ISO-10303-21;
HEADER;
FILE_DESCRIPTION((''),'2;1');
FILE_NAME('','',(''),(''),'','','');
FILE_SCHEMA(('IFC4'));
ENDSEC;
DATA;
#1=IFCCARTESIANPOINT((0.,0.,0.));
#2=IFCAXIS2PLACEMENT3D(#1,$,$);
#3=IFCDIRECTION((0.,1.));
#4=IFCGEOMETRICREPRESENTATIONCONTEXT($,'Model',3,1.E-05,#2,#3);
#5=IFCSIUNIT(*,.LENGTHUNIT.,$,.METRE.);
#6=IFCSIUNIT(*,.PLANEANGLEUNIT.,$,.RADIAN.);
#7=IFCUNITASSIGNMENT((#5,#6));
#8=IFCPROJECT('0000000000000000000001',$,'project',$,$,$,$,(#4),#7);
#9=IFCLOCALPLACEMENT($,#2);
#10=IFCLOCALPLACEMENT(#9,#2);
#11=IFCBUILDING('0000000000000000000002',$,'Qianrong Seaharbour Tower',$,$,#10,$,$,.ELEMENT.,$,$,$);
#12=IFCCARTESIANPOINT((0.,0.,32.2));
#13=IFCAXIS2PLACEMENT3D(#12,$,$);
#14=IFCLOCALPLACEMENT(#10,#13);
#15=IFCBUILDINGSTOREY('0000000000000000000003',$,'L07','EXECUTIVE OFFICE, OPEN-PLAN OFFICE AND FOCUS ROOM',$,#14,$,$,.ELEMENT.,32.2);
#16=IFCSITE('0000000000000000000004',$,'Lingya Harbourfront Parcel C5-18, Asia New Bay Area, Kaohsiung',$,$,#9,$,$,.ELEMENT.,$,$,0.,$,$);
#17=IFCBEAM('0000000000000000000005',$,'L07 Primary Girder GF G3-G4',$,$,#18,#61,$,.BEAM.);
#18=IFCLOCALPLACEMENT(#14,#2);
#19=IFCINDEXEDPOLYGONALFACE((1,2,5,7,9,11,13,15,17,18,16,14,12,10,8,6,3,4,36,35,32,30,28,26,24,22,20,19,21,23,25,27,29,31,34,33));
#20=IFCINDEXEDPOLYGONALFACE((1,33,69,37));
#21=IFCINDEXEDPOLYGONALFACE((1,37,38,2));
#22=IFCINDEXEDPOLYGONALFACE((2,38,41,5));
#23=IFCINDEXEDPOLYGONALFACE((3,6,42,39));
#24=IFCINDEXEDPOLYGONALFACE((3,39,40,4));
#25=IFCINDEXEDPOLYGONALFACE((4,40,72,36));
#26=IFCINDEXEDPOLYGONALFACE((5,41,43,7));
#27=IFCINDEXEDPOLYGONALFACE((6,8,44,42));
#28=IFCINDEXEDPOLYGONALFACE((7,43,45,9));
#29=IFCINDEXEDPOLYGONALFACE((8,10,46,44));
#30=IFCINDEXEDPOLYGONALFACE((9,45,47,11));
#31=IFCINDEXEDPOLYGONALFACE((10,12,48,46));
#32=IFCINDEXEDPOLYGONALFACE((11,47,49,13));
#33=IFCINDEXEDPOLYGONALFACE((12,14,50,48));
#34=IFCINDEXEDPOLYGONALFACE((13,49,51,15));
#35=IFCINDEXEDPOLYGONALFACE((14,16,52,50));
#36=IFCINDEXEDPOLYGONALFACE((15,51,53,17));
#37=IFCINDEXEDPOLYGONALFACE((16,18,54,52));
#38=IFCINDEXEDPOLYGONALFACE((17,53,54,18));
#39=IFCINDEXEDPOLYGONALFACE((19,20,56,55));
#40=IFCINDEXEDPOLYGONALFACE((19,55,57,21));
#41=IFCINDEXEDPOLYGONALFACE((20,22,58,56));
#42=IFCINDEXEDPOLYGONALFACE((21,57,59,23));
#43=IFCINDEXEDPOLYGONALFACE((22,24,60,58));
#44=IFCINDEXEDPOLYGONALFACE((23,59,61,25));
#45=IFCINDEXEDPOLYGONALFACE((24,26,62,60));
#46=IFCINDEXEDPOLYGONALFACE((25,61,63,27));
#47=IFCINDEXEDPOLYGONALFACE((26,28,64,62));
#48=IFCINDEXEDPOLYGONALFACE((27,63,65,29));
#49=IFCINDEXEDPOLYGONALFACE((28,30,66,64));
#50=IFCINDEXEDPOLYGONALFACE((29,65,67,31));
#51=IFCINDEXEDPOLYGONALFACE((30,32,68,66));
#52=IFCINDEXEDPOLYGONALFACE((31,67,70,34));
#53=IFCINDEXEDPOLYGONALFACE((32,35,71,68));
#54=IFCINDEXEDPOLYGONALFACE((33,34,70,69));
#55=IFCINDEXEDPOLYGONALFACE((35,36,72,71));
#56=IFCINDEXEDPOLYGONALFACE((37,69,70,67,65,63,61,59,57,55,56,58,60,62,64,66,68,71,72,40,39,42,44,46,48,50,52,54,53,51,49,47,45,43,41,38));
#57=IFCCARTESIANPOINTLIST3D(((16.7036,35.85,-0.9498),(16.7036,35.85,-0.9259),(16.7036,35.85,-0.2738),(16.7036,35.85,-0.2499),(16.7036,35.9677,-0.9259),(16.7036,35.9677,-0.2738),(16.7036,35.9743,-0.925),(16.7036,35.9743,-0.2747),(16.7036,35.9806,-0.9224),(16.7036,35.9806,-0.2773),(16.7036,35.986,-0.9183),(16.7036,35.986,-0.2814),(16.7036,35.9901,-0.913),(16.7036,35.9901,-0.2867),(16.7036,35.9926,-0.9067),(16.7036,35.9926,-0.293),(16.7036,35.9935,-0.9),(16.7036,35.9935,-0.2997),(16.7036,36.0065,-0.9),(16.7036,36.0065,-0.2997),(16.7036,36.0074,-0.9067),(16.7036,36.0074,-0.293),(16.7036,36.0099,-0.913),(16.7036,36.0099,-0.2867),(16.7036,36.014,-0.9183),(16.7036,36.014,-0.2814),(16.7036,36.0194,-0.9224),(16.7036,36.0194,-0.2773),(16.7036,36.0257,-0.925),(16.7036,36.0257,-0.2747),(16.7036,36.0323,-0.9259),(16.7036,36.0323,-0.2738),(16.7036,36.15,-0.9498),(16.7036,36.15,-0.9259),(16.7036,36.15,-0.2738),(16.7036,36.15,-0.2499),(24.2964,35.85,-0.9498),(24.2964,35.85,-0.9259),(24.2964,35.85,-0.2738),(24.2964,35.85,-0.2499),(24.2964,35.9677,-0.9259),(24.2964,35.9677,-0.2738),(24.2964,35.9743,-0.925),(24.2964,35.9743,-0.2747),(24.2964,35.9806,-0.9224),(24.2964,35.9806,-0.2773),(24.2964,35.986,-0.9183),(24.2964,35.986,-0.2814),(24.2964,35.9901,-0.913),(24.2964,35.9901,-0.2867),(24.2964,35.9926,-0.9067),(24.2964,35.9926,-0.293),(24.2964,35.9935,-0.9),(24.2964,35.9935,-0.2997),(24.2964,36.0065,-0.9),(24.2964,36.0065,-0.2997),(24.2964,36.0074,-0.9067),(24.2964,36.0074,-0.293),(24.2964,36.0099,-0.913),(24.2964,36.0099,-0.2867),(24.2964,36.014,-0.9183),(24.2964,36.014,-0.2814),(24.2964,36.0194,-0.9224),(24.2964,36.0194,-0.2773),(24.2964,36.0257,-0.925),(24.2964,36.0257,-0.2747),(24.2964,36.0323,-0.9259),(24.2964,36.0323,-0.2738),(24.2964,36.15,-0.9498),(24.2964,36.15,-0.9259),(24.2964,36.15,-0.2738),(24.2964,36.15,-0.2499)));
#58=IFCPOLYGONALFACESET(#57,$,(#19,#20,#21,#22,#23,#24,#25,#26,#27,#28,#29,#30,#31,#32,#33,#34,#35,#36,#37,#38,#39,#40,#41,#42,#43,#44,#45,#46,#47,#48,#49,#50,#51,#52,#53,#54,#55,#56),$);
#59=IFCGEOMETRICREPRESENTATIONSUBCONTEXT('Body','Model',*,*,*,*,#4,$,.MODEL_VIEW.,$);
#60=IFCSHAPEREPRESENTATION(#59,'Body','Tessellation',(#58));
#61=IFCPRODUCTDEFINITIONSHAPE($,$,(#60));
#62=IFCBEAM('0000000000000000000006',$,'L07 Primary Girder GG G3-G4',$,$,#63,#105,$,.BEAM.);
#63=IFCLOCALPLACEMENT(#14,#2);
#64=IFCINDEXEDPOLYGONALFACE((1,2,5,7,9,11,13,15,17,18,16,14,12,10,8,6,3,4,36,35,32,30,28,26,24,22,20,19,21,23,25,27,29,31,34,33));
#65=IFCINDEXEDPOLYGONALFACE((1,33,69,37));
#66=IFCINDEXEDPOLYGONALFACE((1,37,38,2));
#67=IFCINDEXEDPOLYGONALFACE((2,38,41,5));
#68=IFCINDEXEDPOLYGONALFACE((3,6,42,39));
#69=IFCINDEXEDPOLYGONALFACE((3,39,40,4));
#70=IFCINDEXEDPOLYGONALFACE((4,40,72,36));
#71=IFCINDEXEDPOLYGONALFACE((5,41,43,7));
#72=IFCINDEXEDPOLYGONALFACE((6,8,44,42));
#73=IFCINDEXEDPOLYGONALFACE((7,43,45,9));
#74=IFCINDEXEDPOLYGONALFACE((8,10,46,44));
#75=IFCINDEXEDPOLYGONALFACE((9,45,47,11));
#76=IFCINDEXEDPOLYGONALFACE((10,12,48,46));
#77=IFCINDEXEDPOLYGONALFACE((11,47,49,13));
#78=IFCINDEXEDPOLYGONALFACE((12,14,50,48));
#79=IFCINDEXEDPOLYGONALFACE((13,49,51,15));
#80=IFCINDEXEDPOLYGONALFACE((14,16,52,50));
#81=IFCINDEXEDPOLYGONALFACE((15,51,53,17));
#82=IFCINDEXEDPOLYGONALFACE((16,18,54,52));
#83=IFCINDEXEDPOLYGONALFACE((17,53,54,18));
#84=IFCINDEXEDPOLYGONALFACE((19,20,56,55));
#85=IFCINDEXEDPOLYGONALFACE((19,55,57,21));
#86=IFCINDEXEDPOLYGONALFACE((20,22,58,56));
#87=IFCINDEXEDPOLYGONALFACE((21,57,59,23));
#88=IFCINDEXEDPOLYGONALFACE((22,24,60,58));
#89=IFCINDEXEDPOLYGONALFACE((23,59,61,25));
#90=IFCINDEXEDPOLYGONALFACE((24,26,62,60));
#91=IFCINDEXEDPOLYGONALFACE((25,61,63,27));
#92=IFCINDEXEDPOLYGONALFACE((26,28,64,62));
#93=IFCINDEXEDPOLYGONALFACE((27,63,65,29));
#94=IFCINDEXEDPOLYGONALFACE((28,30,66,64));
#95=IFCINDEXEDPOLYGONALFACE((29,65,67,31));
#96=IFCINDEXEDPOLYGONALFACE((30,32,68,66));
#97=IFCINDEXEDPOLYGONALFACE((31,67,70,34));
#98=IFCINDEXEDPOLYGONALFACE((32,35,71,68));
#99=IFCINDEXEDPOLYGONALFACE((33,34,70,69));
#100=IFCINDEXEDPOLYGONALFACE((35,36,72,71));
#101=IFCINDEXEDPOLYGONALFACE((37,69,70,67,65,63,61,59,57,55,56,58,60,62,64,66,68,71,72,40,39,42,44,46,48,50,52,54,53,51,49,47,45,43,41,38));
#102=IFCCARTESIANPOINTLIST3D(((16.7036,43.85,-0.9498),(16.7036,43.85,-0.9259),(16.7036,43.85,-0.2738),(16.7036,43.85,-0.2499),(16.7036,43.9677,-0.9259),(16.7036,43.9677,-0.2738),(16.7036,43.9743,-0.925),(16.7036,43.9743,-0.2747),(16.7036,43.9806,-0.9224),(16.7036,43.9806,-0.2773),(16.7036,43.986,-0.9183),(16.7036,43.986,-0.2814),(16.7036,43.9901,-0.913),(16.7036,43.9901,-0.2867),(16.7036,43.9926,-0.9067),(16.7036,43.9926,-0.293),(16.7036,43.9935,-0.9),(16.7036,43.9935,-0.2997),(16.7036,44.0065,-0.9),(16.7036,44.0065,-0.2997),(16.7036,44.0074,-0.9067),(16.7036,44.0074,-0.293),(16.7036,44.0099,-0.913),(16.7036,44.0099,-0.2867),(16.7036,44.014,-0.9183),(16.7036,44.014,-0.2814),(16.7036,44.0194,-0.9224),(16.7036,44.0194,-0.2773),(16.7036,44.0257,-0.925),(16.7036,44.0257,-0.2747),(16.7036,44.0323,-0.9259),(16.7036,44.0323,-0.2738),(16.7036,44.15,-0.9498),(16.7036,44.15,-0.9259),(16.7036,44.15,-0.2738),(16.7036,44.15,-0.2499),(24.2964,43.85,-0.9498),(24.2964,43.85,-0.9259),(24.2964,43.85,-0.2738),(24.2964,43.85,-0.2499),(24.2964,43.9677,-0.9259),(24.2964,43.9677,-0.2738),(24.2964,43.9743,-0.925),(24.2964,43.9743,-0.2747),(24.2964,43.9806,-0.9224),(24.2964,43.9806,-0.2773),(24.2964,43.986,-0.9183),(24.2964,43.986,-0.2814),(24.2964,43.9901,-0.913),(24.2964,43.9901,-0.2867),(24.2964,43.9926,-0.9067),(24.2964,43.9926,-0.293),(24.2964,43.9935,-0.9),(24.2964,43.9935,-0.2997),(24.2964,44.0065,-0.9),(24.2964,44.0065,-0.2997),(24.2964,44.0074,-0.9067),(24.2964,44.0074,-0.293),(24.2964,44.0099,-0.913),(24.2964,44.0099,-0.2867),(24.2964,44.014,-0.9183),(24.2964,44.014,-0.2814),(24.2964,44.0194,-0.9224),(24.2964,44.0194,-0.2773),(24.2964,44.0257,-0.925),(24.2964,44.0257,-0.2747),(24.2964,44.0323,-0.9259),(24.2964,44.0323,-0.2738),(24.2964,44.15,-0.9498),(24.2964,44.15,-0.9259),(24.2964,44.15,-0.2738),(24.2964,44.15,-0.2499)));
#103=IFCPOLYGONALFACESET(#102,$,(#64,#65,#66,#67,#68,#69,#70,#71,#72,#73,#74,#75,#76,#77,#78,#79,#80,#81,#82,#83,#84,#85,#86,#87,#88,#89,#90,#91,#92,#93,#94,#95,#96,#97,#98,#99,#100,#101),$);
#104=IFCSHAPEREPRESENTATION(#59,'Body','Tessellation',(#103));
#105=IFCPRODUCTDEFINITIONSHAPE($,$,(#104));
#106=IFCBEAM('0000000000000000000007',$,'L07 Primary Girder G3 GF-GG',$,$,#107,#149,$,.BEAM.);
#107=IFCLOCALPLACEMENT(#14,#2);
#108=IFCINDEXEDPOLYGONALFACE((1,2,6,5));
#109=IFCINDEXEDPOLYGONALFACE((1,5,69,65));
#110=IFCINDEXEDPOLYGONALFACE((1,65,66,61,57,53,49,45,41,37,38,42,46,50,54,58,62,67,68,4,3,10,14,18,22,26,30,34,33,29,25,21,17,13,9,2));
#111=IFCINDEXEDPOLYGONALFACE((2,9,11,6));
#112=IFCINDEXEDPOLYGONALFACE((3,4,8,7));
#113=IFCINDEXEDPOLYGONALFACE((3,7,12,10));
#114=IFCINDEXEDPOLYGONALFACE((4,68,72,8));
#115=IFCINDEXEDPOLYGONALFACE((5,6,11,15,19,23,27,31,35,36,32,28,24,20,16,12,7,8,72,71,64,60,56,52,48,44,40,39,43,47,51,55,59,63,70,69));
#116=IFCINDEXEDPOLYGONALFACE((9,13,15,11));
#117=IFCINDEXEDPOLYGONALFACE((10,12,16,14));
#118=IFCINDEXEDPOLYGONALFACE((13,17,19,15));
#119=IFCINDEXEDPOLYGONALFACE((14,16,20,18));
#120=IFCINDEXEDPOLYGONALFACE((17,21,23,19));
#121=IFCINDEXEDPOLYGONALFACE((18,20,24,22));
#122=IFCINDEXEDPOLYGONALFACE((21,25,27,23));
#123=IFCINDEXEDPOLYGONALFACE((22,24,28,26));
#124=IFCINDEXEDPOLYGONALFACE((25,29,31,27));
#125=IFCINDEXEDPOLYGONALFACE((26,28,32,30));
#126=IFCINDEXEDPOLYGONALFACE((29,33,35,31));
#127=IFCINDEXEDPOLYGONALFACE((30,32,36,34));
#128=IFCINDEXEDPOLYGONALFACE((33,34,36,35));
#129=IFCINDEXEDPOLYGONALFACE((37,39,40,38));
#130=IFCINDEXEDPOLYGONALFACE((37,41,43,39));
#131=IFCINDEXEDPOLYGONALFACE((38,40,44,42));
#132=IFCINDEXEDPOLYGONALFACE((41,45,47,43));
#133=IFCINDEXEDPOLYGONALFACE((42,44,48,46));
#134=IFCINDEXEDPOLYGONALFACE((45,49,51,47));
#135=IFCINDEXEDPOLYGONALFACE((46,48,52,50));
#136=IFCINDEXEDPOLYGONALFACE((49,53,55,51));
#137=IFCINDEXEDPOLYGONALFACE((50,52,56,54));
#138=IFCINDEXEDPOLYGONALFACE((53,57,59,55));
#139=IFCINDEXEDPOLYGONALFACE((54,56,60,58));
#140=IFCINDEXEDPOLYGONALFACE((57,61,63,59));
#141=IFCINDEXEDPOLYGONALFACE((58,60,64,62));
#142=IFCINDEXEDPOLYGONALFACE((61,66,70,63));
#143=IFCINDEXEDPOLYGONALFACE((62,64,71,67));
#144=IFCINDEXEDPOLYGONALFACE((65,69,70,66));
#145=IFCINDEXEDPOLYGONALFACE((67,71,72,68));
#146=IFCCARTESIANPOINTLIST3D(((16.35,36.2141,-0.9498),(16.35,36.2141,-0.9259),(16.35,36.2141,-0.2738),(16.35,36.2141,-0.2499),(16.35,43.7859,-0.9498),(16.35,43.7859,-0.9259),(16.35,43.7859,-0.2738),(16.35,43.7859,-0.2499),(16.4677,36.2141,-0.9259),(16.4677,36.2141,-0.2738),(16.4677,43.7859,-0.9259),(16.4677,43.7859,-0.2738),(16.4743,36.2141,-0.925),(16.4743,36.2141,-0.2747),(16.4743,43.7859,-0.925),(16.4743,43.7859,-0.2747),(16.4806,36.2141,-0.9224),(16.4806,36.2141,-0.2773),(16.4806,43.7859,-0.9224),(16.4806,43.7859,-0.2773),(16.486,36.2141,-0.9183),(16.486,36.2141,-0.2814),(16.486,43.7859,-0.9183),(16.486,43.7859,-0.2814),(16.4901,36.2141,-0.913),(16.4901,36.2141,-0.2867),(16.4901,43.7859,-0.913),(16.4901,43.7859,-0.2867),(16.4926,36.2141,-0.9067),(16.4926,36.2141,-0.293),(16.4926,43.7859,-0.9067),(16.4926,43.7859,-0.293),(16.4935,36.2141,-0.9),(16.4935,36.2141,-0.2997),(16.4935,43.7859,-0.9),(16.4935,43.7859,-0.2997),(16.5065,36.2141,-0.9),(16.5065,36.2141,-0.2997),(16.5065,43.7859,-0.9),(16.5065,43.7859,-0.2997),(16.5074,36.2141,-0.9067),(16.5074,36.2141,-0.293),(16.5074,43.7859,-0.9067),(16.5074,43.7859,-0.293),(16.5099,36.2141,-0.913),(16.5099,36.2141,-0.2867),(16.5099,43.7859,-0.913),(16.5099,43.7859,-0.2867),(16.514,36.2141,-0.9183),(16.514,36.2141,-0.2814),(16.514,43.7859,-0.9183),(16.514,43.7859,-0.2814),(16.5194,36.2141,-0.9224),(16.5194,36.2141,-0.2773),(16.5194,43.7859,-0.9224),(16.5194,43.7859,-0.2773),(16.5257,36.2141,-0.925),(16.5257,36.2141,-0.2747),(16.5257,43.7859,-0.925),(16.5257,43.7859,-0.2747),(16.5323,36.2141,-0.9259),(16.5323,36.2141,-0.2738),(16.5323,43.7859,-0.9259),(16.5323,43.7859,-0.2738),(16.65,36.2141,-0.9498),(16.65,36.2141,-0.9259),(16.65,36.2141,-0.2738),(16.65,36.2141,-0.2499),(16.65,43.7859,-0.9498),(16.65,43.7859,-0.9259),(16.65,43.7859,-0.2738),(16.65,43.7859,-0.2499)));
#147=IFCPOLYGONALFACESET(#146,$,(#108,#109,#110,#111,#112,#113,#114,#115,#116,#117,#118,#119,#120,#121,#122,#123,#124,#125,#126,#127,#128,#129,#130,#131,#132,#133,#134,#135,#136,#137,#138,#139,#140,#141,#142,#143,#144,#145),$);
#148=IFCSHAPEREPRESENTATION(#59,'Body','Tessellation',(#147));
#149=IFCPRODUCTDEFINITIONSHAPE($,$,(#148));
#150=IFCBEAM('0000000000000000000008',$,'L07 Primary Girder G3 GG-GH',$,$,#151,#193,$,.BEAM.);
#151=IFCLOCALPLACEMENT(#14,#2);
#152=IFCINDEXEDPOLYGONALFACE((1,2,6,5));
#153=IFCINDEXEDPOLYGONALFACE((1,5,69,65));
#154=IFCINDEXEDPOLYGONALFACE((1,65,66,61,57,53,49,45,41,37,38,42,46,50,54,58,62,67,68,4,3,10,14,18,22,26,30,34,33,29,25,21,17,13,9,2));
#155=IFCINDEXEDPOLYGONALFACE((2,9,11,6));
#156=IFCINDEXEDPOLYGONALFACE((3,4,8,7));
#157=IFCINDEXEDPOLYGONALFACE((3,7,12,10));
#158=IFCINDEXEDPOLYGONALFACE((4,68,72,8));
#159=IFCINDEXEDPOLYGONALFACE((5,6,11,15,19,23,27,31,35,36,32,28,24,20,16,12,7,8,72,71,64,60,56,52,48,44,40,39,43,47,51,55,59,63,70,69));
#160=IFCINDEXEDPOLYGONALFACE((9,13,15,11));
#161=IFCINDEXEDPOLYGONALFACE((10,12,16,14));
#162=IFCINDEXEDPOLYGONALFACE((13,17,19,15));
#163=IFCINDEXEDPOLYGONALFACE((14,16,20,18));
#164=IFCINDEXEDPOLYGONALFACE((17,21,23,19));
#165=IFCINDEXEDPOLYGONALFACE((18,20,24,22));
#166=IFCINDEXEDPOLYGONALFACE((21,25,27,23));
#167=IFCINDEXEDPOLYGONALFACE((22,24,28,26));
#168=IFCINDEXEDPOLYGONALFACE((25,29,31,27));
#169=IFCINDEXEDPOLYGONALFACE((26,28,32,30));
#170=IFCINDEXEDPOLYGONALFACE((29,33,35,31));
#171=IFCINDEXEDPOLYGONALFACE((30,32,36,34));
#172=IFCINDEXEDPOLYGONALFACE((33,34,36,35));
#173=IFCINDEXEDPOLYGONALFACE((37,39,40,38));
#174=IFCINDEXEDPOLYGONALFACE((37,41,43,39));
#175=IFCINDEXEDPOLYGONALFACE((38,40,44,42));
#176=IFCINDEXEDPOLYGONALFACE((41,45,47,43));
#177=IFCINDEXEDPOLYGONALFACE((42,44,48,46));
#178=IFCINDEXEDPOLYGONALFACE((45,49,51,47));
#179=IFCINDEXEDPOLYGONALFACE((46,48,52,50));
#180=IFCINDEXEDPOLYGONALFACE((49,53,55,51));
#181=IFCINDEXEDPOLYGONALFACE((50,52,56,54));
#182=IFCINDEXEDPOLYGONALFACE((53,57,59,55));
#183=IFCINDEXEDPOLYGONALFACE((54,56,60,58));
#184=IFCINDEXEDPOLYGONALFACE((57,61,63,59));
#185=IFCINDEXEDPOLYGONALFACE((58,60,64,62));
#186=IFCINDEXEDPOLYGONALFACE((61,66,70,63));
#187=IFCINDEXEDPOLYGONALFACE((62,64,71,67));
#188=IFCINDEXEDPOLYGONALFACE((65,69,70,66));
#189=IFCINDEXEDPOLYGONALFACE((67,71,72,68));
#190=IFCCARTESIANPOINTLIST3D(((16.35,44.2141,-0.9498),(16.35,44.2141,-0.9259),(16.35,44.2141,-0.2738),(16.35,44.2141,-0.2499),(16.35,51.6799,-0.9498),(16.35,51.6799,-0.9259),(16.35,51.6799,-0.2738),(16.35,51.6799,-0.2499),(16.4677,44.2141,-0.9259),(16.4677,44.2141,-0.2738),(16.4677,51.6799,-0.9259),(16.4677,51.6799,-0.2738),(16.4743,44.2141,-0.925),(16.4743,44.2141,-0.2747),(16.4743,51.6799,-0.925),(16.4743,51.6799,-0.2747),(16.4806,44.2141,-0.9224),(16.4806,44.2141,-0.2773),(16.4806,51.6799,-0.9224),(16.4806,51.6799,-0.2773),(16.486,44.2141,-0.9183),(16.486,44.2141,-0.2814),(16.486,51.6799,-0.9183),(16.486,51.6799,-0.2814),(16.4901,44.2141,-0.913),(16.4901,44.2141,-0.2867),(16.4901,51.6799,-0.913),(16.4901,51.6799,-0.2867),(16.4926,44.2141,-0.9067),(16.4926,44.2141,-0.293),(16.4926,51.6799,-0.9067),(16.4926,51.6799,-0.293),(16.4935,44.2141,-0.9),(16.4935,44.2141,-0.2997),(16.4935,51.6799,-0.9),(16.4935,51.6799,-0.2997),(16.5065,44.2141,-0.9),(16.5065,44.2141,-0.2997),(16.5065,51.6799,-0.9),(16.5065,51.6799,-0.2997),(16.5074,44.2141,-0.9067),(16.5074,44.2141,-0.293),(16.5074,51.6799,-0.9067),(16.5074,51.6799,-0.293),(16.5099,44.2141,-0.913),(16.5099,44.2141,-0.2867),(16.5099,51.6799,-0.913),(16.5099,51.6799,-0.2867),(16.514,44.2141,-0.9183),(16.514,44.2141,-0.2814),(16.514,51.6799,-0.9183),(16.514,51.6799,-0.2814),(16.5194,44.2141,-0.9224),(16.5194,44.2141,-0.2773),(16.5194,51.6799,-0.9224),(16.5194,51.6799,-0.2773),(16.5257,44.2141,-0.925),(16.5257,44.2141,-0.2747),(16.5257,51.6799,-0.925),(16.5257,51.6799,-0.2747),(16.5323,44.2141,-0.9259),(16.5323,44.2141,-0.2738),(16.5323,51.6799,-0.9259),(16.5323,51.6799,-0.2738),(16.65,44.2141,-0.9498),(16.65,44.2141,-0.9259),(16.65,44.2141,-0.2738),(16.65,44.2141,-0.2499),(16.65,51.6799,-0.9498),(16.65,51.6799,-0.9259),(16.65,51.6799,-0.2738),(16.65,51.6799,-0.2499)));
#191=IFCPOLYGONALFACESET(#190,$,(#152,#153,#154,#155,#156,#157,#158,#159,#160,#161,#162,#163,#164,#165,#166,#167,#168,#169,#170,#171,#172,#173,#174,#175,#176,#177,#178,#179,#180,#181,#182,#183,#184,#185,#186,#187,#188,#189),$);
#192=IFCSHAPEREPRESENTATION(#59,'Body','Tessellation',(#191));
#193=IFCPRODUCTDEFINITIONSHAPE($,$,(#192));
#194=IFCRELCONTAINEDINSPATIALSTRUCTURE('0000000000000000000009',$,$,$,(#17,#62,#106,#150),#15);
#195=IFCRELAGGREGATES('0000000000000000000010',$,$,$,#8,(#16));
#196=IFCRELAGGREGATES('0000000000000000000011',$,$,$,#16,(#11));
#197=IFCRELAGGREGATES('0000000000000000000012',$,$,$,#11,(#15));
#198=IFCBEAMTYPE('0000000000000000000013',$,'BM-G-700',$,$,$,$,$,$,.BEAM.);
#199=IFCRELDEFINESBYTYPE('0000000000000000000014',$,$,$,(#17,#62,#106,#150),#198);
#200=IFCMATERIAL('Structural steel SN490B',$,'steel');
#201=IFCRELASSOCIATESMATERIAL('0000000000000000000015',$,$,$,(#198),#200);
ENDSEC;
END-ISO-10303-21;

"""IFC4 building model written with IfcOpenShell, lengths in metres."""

from ifc_helpers import new_model, si_unit, direction, frame, origin, origin_2d, place, context, subcontext, project, spatial, i_section, extrude, material, material_profile, profile_set, type_object, element, save


model = new_model("IFC4")

# Units and contexts
model_context = context("Model", 3, precision=1e-05, world=origin(), true_north=direction((0.0, 1.0)))
body_context = subcontext(model_context, "Body", "Model", "MODEL_VIEW")
ifc_project = project(units=[si_unit("LENGTHUNIT", "METRE"), si_unit("PLANEANGLEUNIT", "RADIAN")], contexts=[model_context])

# Site, building, storey
site_placement = place(None, origin())
site = spatial("IfcSite", under=ifc_project, at=site_placement, Name="Lingya Harbourfront Parcel C5-18, Asia New Bay Area, Kaohsiung", CompositionType="ELEMENT", RefElevation=0.0)
building_placement = place(site_placement, origin())
building = spatial("IfcBuilding", under=site, at=building_placement, Name="Qianrong Seaharbour Tower", CompositionType="ELEMENT")
storey_placement = place(building_placement, frame((0.0, 0.0, 32.2)))
storey = spatial("IfcBuildingStorey", under=building, at=storey_placement, Name="L07", Description="EXECUTIVE OFFICE, OPEN-PLAN OFFICE AND FOCUS ROOM", CompositionType="ELEMENT", Elevation=32.2)

# Shared definitions
ifc_material_1 = material(Name="Structural steel SN490B", Category="steel")

# Beams
ifc_material_profile_1 = material_profile(ifc_material_1, i_section(OverallWidth=0.3, OverallDepth=0.7, WebThickness=0.0129, FlangeThickness=0.0239, FilletRadius=0.0259, at=origin_2d()), Name="H700x300x13x24")
ifc_profile_set_1 = profile_set([ifc_material_profile_1], Name="Structural steel SN490B")
beam_type_1 = type_object("IfcBeamType", Name="BM-G-700", PredefinedType="BEAM", material=ifc_profile_set_1)
for number, where, z_axis, x_axis, name in (
    (1, (16.7036, 36.0, -0.5999), (1.0, 0.0, 0.0), (0.0, 1.0, 0.0), "L07 Primary Girder GF G3-G4"),
    (2, (16.7036, 44.0, -0.5999), (1.0, 0.0, 0.0), (0.0, 1.0, 0.0), "L07 Primary Girder GG G3-G4"),
):
    element("IfcBeam", number, at=place(storey_placement, frame(where, z_axis=z_axis, x_axis=x_axis)), inside=storey, type_object=beam_type_1, Name=name, PredefinedType="BEAM", context=body_context, shape_type="SweptSolid", body=[
        extrude(i_section(OverallWidth=0.3, OverallDepth=0.7, WebThickness=0.0129, FlangeThickness=0.0239, FilletRadius=0.0259, at=origin_2d()), origin(), (0.0, 0.0, 1.0), 7.5928),
    ])
beam_1_placement = place(storey_placement, frame((16.5, 36.2141, -0.5999), z_axis=(0.0, 1.0, 0.0), x_axis=(-1.0, 0.0, 0.0)))
element("IfcBeam", 3, at=beam_1_placement, inside=storey, type_object=beam_type_1, Name="L07 Primary Girder G3 GF-GG", PredefinedType="BEAM", context=body_context, shape_type="SweptSolid", body=[
    extrude(i_section(OverallWidth=0.3, OverallDepth=0.7, WebThickness=0.0129, FlangeThickness=0.0239, FilletRadius=0.0259, at=origin_2d()), origin(), (0.0, 0.0, 1.0), 7.5718),
])
beam_2_placement = place(storey_placement, frame((16.5, 44.2141, -0.5999), z_axis=(0.0, 1.0, 0.0), x_axis=(-1.0, 0.0, 0.0)))
element("IfcBeam", 4, at=beam_2_placement, inside=storey, type_object=beam_type_1, Name="L07 Primary Girder G3 GG-GH", PredefinedType="BEAM", context=body_context, shape_type="SweptSolid", body=[
    extrude(i_section(OverallWidth=0.3, OverallDepth=0.7, WebThickness=0.0129, FlangeThickness=0.0239, FilletRadius=0.0259, at=origin_2d()), origin(), (0.0, 0.0, 1.0), 7.4658),
])

save(model, "model.ifc")
